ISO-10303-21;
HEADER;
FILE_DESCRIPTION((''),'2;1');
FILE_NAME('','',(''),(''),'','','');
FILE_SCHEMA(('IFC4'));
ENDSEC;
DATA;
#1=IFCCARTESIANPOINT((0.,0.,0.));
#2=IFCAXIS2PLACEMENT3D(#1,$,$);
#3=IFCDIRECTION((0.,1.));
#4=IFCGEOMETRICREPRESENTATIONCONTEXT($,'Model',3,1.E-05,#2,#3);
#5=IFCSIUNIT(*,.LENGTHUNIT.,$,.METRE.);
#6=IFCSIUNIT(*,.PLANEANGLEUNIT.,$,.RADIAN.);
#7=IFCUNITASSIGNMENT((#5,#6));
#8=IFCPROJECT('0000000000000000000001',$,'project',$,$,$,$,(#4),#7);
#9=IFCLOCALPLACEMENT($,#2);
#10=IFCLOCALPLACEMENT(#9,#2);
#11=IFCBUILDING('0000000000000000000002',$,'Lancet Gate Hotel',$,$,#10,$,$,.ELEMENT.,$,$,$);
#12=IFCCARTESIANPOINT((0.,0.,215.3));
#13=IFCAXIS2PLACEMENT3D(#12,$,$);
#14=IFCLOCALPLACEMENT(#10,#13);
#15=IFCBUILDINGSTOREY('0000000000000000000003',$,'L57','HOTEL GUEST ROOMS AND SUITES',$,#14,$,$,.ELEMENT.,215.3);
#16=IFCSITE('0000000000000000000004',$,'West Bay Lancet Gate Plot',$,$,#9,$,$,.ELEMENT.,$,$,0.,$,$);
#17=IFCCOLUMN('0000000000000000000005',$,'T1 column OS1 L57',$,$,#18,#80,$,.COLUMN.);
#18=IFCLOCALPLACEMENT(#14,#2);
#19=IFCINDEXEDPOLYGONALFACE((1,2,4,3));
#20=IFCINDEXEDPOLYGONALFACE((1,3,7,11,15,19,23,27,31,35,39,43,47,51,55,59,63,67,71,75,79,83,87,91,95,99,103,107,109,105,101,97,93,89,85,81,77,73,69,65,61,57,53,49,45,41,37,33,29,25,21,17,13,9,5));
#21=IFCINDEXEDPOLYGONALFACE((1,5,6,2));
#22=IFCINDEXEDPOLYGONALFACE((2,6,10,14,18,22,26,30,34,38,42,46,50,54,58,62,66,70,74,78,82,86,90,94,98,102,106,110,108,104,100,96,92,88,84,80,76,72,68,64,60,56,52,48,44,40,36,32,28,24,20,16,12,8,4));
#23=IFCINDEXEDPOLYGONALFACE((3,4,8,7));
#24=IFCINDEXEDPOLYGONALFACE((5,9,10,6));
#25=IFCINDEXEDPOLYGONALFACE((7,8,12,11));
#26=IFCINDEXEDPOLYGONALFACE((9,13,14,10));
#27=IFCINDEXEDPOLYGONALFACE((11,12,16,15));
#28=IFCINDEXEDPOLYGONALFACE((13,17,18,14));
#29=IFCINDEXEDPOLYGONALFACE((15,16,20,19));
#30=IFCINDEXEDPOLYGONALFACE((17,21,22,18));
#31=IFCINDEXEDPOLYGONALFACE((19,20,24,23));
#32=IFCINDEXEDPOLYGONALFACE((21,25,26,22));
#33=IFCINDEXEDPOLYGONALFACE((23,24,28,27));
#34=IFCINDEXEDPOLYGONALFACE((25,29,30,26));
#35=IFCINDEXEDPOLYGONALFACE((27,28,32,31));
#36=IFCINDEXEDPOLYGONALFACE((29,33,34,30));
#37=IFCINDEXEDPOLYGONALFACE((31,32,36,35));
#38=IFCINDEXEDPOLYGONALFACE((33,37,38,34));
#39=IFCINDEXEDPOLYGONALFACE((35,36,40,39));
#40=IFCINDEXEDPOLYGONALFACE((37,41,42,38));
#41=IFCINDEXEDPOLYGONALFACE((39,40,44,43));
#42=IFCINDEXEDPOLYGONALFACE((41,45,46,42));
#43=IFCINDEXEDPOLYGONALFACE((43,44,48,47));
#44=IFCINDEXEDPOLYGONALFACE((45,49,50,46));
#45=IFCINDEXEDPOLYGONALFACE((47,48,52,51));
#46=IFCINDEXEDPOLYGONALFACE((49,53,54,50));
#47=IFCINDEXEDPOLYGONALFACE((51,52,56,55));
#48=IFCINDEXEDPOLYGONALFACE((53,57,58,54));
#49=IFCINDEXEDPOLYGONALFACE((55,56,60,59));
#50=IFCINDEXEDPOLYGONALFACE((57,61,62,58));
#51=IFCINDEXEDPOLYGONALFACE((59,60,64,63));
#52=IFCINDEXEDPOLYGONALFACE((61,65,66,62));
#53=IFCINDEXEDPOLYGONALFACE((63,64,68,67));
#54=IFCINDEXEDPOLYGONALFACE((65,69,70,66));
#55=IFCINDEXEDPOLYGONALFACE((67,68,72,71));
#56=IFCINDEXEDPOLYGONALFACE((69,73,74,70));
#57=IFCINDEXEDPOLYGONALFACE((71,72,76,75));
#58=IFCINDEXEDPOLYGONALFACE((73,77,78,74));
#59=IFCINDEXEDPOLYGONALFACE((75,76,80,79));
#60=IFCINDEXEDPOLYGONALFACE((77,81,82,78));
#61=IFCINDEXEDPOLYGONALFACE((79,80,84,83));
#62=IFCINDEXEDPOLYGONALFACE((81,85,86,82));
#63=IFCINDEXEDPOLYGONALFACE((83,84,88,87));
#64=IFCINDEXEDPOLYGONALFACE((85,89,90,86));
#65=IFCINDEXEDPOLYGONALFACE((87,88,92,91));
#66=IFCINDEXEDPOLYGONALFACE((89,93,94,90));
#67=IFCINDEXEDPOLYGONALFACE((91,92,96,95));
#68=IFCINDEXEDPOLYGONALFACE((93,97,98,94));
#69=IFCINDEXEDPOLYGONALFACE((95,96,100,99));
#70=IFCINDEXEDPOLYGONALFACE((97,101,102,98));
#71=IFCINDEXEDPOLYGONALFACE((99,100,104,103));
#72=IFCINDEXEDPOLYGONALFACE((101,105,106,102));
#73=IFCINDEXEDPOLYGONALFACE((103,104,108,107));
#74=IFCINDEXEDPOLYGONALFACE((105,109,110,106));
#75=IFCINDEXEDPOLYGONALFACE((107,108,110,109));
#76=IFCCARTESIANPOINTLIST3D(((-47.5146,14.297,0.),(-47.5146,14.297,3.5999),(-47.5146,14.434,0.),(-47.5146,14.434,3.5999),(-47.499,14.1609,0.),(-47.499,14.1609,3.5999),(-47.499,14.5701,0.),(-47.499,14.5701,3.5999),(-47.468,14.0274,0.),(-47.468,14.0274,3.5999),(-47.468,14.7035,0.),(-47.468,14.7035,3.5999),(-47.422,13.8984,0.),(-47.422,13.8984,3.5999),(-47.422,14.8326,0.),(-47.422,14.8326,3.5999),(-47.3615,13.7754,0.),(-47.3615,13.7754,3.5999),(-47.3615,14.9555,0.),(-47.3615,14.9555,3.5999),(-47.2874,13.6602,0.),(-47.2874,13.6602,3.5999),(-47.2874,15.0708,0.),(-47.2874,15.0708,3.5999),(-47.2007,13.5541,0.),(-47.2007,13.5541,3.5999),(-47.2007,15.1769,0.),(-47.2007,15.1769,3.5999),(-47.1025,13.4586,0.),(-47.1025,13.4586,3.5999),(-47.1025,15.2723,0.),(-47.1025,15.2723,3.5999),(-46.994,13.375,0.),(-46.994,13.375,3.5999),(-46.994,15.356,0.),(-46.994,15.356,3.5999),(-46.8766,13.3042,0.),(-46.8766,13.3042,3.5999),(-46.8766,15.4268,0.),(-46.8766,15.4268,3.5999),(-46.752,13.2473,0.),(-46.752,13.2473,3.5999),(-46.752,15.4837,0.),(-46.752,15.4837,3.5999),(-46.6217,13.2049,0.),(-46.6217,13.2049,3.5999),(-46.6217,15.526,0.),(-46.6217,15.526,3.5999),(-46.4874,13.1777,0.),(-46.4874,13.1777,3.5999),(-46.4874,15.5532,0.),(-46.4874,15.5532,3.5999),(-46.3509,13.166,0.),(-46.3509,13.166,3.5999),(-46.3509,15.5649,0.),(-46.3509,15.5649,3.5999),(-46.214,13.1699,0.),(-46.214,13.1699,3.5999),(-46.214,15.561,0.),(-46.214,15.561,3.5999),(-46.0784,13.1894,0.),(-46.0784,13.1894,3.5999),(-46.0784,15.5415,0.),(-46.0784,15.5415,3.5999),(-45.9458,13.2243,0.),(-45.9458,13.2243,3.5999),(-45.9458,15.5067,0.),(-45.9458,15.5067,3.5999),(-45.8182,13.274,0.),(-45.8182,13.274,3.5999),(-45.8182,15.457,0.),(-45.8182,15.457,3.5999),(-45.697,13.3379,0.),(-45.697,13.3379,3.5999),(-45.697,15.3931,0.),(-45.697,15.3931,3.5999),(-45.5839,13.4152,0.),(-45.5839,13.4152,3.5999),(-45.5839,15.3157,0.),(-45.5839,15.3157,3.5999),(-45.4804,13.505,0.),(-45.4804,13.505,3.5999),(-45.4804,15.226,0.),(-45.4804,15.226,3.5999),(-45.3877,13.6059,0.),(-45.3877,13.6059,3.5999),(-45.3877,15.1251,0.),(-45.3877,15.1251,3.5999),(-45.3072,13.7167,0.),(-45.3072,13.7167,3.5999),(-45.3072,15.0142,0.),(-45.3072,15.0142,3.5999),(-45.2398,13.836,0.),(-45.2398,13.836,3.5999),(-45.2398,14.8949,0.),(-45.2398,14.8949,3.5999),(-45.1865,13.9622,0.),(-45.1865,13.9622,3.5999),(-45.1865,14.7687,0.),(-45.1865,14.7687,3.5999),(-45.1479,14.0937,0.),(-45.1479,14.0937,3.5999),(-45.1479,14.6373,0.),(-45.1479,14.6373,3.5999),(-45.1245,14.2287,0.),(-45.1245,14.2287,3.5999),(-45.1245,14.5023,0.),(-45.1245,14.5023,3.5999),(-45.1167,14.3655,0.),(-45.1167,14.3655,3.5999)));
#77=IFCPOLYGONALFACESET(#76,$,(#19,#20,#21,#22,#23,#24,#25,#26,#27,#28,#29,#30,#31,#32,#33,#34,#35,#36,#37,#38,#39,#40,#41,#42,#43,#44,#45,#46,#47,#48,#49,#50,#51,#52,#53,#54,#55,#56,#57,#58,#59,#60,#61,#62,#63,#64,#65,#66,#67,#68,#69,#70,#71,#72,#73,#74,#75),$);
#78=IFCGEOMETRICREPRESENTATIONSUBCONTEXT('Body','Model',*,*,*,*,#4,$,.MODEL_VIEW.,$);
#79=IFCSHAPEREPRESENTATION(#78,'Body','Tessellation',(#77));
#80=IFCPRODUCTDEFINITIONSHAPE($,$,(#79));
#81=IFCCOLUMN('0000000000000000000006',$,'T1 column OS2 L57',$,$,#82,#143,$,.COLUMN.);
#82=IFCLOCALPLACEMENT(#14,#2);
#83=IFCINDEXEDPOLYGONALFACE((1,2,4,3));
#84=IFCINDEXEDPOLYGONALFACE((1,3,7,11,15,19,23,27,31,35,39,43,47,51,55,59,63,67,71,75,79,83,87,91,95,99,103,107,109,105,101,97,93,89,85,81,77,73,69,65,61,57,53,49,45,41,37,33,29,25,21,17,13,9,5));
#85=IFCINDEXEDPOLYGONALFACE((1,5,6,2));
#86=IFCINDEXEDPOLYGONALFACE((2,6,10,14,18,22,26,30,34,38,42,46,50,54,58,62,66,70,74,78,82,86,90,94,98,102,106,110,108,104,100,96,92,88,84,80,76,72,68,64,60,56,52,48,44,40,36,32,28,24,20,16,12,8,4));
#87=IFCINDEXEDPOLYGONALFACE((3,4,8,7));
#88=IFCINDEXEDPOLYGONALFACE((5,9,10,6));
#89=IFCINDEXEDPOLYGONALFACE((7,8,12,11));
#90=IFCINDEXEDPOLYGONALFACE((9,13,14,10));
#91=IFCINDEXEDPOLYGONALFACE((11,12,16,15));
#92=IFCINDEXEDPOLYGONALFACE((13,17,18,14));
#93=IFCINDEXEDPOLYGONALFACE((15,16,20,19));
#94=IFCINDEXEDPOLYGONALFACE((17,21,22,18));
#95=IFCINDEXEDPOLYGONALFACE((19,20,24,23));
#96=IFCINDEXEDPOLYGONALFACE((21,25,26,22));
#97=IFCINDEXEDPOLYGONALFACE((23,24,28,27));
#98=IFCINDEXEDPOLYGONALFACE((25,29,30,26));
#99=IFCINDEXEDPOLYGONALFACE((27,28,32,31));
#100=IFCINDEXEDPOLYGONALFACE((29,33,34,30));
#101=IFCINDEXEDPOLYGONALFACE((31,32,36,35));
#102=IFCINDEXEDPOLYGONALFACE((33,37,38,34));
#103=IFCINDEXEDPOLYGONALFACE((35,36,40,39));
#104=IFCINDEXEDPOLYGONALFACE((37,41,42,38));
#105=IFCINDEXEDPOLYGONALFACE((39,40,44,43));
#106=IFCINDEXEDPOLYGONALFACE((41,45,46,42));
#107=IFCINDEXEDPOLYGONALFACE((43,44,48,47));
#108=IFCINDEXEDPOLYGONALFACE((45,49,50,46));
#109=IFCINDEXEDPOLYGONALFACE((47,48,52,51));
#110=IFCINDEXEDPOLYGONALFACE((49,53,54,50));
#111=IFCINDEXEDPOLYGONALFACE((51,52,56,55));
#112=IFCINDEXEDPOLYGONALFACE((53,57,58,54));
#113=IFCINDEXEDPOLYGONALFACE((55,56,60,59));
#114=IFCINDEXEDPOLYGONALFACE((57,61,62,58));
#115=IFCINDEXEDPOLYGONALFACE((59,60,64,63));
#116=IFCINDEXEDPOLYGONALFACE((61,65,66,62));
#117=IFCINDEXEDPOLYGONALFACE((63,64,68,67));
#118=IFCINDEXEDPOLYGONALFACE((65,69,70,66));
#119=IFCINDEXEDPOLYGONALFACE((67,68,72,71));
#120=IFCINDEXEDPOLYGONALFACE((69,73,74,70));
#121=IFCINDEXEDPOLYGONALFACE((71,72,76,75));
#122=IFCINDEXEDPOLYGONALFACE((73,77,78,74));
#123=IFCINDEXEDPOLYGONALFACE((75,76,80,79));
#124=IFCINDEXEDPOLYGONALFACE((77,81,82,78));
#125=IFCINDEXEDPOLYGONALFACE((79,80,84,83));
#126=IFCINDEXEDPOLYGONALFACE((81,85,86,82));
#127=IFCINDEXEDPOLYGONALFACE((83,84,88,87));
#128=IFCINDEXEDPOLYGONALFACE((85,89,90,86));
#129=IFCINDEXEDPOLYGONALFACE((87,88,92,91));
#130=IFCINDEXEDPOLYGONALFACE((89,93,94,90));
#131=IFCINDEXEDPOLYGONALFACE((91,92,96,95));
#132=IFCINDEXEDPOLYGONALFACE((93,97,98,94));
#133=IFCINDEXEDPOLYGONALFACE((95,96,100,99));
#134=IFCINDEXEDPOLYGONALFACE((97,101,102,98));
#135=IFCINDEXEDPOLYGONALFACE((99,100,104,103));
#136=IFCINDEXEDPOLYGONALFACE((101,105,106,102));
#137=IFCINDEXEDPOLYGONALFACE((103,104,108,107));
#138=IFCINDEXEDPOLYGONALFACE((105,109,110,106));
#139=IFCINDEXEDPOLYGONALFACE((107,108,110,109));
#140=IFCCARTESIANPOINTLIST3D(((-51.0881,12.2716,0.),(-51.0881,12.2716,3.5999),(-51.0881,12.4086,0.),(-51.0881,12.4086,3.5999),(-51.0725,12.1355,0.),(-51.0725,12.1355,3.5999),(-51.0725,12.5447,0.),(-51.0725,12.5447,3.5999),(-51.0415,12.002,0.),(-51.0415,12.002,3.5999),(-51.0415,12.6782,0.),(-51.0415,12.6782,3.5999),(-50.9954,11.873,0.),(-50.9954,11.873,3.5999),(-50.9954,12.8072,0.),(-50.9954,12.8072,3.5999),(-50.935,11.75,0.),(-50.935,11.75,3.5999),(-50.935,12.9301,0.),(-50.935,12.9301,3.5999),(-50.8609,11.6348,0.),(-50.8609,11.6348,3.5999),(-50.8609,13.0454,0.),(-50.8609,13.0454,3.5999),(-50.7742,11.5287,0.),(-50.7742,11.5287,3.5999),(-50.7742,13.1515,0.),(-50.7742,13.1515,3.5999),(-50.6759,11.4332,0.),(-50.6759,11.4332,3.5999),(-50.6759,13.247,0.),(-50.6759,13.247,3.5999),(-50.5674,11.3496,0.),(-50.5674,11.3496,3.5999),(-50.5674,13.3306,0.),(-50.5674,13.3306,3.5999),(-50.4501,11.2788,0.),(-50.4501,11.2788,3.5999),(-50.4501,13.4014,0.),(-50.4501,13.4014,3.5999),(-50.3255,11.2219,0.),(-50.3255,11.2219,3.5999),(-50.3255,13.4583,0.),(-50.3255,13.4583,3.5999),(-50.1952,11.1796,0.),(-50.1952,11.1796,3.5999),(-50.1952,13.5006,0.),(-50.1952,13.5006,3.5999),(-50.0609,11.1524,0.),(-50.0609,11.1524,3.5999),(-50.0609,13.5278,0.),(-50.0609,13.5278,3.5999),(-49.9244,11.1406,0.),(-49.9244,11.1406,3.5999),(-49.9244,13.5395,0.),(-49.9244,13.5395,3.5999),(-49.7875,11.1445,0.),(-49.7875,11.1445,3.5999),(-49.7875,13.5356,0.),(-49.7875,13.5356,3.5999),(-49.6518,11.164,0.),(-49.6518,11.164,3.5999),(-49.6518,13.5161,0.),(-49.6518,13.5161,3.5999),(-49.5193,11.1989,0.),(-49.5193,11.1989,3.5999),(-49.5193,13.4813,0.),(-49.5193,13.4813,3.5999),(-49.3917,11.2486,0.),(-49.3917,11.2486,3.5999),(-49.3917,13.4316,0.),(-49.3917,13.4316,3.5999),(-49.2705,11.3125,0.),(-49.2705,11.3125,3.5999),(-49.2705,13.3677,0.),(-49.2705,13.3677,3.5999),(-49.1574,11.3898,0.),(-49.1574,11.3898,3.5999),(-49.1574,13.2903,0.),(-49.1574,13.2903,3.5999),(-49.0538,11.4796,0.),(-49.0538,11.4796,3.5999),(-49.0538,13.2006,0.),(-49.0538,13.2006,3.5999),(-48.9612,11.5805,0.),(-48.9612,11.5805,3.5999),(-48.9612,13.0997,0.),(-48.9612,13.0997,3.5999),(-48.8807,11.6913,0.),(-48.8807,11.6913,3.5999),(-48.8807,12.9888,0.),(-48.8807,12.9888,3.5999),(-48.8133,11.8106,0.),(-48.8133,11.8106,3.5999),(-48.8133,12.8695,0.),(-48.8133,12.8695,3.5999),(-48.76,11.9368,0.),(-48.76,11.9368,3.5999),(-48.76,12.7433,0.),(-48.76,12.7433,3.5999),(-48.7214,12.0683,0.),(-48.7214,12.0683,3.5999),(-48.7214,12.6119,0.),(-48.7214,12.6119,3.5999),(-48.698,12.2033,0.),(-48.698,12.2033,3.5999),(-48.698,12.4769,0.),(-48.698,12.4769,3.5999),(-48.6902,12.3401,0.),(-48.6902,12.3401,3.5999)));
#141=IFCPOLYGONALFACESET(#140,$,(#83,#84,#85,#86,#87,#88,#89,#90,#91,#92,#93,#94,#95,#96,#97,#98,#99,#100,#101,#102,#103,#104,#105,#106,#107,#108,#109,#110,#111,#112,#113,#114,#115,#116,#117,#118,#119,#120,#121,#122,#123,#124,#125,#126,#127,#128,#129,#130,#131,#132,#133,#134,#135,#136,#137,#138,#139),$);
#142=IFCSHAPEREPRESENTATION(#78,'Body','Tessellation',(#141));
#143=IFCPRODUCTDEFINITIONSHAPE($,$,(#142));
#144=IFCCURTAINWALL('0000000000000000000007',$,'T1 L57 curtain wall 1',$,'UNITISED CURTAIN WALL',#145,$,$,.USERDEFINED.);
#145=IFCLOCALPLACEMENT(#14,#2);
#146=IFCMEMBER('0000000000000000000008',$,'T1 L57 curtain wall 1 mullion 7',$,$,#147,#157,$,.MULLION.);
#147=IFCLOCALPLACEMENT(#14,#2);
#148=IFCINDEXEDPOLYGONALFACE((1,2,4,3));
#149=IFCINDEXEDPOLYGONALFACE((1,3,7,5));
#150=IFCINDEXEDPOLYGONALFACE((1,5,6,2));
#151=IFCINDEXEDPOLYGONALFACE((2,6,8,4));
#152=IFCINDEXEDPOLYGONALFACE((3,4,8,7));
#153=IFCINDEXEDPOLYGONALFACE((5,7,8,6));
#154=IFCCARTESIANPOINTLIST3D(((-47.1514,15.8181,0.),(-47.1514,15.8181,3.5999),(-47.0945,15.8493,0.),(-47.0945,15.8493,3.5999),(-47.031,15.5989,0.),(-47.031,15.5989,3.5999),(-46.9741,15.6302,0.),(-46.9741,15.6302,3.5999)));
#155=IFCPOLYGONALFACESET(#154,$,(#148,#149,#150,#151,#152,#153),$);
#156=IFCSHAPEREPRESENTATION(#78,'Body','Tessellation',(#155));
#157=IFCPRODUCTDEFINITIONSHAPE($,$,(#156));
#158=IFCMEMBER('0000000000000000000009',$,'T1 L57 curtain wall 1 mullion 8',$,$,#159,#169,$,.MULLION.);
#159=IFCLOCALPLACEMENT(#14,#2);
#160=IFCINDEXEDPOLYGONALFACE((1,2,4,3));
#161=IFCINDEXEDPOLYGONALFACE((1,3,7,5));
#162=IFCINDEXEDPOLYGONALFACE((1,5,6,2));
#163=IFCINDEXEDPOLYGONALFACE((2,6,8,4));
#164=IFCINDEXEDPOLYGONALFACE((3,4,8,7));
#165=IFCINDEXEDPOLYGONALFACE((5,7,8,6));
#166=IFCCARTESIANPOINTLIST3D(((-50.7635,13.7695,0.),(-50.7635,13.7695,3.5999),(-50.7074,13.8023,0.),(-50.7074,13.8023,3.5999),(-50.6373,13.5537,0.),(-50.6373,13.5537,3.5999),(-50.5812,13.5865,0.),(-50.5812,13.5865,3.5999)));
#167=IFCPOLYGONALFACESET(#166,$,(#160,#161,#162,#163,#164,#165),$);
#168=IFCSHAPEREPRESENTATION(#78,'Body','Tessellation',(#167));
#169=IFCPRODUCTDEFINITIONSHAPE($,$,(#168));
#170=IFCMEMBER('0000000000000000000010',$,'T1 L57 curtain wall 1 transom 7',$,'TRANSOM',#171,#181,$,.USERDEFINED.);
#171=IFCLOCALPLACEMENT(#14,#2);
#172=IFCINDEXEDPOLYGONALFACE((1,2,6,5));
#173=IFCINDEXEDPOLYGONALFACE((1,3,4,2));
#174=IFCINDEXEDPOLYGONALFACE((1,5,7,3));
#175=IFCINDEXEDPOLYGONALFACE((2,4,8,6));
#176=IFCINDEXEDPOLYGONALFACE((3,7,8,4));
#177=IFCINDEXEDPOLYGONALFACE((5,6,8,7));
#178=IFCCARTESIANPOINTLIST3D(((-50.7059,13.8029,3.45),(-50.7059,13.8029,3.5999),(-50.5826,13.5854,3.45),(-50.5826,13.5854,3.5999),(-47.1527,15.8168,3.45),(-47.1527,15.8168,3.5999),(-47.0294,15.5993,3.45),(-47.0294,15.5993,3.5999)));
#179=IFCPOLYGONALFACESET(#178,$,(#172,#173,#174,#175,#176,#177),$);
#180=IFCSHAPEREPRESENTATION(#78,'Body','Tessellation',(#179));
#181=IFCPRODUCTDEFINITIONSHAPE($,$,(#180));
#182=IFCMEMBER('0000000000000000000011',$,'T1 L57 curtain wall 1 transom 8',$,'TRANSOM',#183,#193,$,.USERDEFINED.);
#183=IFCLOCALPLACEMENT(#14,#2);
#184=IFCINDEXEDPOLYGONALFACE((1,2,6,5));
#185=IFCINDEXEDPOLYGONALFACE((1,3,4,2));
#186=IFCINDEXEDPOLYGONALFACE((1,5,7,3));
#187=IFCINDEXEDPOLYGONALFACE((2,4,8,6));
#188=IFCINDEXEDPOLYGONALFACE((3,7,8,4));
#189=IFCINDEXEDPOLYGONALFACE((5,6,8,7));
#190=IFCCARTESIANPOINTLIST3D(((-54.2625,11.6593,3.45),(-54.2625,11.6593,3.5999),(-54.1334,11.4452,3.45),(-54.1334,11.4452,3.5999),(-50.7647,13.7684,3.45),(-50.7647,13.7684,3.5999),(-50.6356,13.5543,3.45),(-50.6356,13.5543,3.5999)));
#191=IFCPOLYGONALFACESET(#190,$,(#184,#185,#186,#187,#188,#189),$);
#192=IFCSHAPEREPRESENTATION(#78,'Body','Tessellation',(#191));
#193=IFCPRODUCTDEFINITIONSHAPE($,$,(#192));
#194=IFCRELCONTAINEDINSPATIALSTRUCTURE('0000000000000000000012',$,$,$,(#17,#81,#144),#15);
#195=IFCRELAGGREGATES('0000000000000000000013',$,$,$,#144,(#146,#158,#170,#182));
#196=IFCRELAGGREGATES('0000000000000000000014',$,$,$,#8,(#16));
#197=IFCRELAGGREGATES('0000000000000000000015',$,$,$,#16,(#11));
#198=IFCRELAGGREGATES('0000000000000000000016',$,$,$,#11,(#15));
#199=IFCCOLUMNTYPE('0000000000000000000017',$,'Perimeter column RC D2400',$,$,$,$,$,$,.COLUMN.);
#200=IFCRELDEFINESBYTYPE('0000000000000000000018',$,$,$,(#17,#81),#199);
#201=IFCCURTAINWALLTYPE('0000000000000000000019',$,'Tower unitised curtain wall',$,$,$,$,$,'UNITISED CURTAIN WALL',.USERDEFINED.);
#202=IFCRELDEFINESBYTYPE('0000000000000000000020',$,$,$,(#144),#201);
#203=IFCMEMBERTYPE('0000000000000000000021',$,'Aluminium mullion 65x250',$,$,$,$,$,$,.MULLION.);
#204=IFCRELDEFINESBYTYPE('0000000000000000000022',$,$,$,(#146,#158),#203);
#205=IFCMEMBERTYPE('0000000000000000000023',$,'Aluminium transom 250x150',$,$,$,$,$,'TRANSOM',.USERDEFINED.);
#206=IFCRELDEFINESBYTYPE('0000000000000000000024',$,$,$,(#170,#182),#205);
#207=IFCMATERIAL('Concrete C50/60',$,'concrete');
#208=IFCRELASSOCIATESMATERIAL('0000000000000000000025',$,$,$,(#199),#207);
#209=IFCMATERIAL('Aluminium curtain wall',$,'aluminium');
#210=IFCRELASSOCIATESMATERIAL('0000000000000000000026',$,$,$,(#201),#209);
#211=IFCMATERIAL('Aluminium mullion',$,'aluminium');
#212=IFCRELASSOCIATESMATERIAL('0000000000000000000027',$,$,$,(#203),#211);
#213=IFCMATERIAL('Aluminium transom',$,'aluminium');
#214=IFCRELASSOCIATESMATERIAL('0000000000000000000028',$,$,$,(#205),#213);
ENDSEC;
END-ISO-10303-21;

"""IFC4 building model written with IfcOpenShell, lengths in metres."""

from ifc_helpers import new_model, si_unit, direction, frame, origin, origin_2d, place, context, subcontext, project, spatial, rectangle, circle, extrude, material, material_profile, profile_set, type_object, element, aggregate, save


model = new_model("IFC4")

# Units and contexts
model_context = context("Model", 3, precision=1e-05, world=origin(), true_north=direction((0.0, 1.0)))
body_context = subcontext(model_context, "Body", "Model", "MODEL_VIEW")
ifc_project = project(units=[si_unit("LENGTHUNIT", "METRE"), si_unit("PLANEANGLEUNIT", "RADIAN")], contexts=[model_context])

# Site, building, storey
site_placement = place(None, origin())
site = spatial("IfcSite", under=ifc_project, at=site_placement, Name="West Bay Lancet Gate Plot", CompositionType="ELEMENT", RefElevation=0.0)
building_placement = place(site_placement, origin())
building = spatial("IfcBuilding", under=site, at=building_placement, Name="Lancet Gate Hotel", CompositionType="ELEMENT")
storey_placement = place(building_placement, frame((0.0, 0.0, 215.3)))
storey = spatial("IfcBuildingStorey", under=building, at=storey_placement, Name="L57", Description="HOTEL GUEST ROOMS AND SUITES", CompositionType="ELEMENT", Elevation=215.3)

# Columns
ifc_material_1 = material(Name="Concrete C50/60", Category="concrete")
ifc_material_profile_1 = material_profile(ifc_material_1, circle(Radius=1.2, at=origin_2d()), Name="RC D2400")
ifc_profile_set_1 = profile_set([ifc_material_profile_1], Name="Concrete C50/60")
column_type = type_object("IfcColumnType", Name="Perimeter column RC D2400", PredefinedType="COLUMN", material=ifc_profile_set_1)
for number, where, z_axis, x_axis, name in (
    (1, (-46.3167, 14.3655, 0.0), (0.0, 0.0, 1.0), (1.0, 0.0, 0.0), "T1 column OS1 L57"),
    (2, (-49.8901, 12.3401, 0.0), (0.0, 0.0, 1.0), (1.0, 0.0, 0.0), "T1 column OS2 L57"),
):
    element("IfcColumn", number, at=place(storey_placement, frame(where, z_axis=z_axis, x_axis=x_axis)), inside=storey, type_object=column_type, Name=name, PredefinedType="COLUMN", context=body_context, shape_type="SweptSolid", body=[
        extrude(circle(Radius=1.2, at=origin_2d()), origin(), (0.0, 0.0, 1.0), 3.5999),
    ])

# Curtain wall, members
ifc_material_2 = material(Name="Aluminium curtain wall", Category="aluminium")
curtain_wall_type = type_object("IfcCurtainWallType", Name="Tower unitised curtain wall", ElementType="UNITISED CURTAIN WALL", PredefinedType="USERDEFINED", material=ifc_material_2)
curtain_wall_placement = place(storey_placement, origin())
curtain_wall = element("IfcCurtainWall", 3, at=curtain_wall_placement, inside=storey, type_object=curtain_wall_type, Name="T1 L57 curtain wall 1", ObjectType="UNITISED CURTAIN WALL", PredefinedType="USERDEFINED")
ifc_material_3 = material(Name="Aluminium mullion", Category="aluminium")
ifc_material_profile_2 = material_profile(ifc_material_3, rectangle(XDim=0.0649, YDim=0.25, at=origin_2d()), Name="MULLION 65x250")
ifc_profile_set_2 = profile_set([ifc_material_profile_2], Name="Aluminium mullion")
member_type_1 = type_object("IfcMemberType", Name="Aluminium mullion 65x250", PredefinedType="MULLION", material=ifc_profile_set_2)
member_1_placement = place(storey_placement, frame((-47.0627, 15.7241, 0.0), z_axis=(0.0, 0.0, 1.0), x_axis=(-0.876516, -0.481372, 0.0)))
member_1 = element("IfcMember", 4, at=member_1_placement, type_object=member_type_1, Name="T1 L57 curtain wall 1 mullion 7", PredefinedType="MULLION", context=body_context, shape_type="SweptSolid", body=[
    extrude(rectangle(XDim=0.0649, YDim=0.25, at=origin_2d()), origin(), (0.0, 0.0, 1.0), 3.5999),
])
member_2_placement = place(storey_placement, frame((-50.6724, 13.678, 0.0), z_axis=(0.0, 0.0, 1.0), x_axis=(-0.863242, -0.50479, 0.0)))
member_2 = element("IfcMember", 5, at=member_2_placement, type_object=member_type_1, Name="T1 L57 curtain wall 1 mullion 8", PredefinedType="MULLION", context=body_context, shape_type="SweptSolid", body=[
    extrude(rectangle(XDim=0.0649, YDim=0.25, at=origin_2d()), origin(), (0.0, 0.0, 1.0), 3.5999),
])
ifc_material_4 = material(Name="Aluminium transom", Category="aluminium")
ifc_material_profile_3 = material_profile(ifc_material_4, rectangle(XDim=0.25, YDim=0.1499, at=origin_2d()), Name="TRANSOM 250x150")
ifc_profile_set_3 = profile_set([ifc_material_profile_3], Name="Aluminium transom")
member_type_2 = type_object("IfcMemberType", Name="Aluminium transom 250x150", ElementType="TRANSOM", PredefinedType="USERDEFINED", material=ifc_profile_set_3)
member_3_placement = place(storey_placement, frame((-47.0911, 15.708, 3.5249), z_axis=(-0.869978, -0.493091, 0.0), x_axis=(0.493091, -0.869978, 0.0)))
member_3 = element("IfcMember", 6, at=member_3_placement, type_object=member_type_2, Name="T1 L57 curtain wall 1 transom 7", ObjectType="TRANSOM", PredefinedType="USERDEFINED", context=body_context, shape_type="SweptSolid", body=[
    extrude(rectangle(XDim=0.25, YDim=0.1499, at=origin_2d()), origin(), (0.0, 0.0, 1.0), 4.0842),
])
member_4_placement = place(storey_placement, frame((-50.7002, 13.6614, 3.5249), z_axis=(-0.856362, -0.516376, 0.0), x_axis=(0.516376, -0.856362, 0.0)))
member_4 = element("IfcMember", 7, at=member_4_placement, type_object=member_type_2, Name="T1 L57 curtain wall 1 transom 8", ObjectType="TRANSOM", PredefinedType="USERDEFINED", context=body_context, shape_type="SweptSolid", body=[
    extrude(rectangle(XDim=0.25, YDim=0.1499, at=origin_2d()), origin(), (0.0, 0.0, 1.0), 4.0845),
])

aggregate(curtain_wall, [member_1, member_2, member_3, member_4])

save(model, "model.ifc")
